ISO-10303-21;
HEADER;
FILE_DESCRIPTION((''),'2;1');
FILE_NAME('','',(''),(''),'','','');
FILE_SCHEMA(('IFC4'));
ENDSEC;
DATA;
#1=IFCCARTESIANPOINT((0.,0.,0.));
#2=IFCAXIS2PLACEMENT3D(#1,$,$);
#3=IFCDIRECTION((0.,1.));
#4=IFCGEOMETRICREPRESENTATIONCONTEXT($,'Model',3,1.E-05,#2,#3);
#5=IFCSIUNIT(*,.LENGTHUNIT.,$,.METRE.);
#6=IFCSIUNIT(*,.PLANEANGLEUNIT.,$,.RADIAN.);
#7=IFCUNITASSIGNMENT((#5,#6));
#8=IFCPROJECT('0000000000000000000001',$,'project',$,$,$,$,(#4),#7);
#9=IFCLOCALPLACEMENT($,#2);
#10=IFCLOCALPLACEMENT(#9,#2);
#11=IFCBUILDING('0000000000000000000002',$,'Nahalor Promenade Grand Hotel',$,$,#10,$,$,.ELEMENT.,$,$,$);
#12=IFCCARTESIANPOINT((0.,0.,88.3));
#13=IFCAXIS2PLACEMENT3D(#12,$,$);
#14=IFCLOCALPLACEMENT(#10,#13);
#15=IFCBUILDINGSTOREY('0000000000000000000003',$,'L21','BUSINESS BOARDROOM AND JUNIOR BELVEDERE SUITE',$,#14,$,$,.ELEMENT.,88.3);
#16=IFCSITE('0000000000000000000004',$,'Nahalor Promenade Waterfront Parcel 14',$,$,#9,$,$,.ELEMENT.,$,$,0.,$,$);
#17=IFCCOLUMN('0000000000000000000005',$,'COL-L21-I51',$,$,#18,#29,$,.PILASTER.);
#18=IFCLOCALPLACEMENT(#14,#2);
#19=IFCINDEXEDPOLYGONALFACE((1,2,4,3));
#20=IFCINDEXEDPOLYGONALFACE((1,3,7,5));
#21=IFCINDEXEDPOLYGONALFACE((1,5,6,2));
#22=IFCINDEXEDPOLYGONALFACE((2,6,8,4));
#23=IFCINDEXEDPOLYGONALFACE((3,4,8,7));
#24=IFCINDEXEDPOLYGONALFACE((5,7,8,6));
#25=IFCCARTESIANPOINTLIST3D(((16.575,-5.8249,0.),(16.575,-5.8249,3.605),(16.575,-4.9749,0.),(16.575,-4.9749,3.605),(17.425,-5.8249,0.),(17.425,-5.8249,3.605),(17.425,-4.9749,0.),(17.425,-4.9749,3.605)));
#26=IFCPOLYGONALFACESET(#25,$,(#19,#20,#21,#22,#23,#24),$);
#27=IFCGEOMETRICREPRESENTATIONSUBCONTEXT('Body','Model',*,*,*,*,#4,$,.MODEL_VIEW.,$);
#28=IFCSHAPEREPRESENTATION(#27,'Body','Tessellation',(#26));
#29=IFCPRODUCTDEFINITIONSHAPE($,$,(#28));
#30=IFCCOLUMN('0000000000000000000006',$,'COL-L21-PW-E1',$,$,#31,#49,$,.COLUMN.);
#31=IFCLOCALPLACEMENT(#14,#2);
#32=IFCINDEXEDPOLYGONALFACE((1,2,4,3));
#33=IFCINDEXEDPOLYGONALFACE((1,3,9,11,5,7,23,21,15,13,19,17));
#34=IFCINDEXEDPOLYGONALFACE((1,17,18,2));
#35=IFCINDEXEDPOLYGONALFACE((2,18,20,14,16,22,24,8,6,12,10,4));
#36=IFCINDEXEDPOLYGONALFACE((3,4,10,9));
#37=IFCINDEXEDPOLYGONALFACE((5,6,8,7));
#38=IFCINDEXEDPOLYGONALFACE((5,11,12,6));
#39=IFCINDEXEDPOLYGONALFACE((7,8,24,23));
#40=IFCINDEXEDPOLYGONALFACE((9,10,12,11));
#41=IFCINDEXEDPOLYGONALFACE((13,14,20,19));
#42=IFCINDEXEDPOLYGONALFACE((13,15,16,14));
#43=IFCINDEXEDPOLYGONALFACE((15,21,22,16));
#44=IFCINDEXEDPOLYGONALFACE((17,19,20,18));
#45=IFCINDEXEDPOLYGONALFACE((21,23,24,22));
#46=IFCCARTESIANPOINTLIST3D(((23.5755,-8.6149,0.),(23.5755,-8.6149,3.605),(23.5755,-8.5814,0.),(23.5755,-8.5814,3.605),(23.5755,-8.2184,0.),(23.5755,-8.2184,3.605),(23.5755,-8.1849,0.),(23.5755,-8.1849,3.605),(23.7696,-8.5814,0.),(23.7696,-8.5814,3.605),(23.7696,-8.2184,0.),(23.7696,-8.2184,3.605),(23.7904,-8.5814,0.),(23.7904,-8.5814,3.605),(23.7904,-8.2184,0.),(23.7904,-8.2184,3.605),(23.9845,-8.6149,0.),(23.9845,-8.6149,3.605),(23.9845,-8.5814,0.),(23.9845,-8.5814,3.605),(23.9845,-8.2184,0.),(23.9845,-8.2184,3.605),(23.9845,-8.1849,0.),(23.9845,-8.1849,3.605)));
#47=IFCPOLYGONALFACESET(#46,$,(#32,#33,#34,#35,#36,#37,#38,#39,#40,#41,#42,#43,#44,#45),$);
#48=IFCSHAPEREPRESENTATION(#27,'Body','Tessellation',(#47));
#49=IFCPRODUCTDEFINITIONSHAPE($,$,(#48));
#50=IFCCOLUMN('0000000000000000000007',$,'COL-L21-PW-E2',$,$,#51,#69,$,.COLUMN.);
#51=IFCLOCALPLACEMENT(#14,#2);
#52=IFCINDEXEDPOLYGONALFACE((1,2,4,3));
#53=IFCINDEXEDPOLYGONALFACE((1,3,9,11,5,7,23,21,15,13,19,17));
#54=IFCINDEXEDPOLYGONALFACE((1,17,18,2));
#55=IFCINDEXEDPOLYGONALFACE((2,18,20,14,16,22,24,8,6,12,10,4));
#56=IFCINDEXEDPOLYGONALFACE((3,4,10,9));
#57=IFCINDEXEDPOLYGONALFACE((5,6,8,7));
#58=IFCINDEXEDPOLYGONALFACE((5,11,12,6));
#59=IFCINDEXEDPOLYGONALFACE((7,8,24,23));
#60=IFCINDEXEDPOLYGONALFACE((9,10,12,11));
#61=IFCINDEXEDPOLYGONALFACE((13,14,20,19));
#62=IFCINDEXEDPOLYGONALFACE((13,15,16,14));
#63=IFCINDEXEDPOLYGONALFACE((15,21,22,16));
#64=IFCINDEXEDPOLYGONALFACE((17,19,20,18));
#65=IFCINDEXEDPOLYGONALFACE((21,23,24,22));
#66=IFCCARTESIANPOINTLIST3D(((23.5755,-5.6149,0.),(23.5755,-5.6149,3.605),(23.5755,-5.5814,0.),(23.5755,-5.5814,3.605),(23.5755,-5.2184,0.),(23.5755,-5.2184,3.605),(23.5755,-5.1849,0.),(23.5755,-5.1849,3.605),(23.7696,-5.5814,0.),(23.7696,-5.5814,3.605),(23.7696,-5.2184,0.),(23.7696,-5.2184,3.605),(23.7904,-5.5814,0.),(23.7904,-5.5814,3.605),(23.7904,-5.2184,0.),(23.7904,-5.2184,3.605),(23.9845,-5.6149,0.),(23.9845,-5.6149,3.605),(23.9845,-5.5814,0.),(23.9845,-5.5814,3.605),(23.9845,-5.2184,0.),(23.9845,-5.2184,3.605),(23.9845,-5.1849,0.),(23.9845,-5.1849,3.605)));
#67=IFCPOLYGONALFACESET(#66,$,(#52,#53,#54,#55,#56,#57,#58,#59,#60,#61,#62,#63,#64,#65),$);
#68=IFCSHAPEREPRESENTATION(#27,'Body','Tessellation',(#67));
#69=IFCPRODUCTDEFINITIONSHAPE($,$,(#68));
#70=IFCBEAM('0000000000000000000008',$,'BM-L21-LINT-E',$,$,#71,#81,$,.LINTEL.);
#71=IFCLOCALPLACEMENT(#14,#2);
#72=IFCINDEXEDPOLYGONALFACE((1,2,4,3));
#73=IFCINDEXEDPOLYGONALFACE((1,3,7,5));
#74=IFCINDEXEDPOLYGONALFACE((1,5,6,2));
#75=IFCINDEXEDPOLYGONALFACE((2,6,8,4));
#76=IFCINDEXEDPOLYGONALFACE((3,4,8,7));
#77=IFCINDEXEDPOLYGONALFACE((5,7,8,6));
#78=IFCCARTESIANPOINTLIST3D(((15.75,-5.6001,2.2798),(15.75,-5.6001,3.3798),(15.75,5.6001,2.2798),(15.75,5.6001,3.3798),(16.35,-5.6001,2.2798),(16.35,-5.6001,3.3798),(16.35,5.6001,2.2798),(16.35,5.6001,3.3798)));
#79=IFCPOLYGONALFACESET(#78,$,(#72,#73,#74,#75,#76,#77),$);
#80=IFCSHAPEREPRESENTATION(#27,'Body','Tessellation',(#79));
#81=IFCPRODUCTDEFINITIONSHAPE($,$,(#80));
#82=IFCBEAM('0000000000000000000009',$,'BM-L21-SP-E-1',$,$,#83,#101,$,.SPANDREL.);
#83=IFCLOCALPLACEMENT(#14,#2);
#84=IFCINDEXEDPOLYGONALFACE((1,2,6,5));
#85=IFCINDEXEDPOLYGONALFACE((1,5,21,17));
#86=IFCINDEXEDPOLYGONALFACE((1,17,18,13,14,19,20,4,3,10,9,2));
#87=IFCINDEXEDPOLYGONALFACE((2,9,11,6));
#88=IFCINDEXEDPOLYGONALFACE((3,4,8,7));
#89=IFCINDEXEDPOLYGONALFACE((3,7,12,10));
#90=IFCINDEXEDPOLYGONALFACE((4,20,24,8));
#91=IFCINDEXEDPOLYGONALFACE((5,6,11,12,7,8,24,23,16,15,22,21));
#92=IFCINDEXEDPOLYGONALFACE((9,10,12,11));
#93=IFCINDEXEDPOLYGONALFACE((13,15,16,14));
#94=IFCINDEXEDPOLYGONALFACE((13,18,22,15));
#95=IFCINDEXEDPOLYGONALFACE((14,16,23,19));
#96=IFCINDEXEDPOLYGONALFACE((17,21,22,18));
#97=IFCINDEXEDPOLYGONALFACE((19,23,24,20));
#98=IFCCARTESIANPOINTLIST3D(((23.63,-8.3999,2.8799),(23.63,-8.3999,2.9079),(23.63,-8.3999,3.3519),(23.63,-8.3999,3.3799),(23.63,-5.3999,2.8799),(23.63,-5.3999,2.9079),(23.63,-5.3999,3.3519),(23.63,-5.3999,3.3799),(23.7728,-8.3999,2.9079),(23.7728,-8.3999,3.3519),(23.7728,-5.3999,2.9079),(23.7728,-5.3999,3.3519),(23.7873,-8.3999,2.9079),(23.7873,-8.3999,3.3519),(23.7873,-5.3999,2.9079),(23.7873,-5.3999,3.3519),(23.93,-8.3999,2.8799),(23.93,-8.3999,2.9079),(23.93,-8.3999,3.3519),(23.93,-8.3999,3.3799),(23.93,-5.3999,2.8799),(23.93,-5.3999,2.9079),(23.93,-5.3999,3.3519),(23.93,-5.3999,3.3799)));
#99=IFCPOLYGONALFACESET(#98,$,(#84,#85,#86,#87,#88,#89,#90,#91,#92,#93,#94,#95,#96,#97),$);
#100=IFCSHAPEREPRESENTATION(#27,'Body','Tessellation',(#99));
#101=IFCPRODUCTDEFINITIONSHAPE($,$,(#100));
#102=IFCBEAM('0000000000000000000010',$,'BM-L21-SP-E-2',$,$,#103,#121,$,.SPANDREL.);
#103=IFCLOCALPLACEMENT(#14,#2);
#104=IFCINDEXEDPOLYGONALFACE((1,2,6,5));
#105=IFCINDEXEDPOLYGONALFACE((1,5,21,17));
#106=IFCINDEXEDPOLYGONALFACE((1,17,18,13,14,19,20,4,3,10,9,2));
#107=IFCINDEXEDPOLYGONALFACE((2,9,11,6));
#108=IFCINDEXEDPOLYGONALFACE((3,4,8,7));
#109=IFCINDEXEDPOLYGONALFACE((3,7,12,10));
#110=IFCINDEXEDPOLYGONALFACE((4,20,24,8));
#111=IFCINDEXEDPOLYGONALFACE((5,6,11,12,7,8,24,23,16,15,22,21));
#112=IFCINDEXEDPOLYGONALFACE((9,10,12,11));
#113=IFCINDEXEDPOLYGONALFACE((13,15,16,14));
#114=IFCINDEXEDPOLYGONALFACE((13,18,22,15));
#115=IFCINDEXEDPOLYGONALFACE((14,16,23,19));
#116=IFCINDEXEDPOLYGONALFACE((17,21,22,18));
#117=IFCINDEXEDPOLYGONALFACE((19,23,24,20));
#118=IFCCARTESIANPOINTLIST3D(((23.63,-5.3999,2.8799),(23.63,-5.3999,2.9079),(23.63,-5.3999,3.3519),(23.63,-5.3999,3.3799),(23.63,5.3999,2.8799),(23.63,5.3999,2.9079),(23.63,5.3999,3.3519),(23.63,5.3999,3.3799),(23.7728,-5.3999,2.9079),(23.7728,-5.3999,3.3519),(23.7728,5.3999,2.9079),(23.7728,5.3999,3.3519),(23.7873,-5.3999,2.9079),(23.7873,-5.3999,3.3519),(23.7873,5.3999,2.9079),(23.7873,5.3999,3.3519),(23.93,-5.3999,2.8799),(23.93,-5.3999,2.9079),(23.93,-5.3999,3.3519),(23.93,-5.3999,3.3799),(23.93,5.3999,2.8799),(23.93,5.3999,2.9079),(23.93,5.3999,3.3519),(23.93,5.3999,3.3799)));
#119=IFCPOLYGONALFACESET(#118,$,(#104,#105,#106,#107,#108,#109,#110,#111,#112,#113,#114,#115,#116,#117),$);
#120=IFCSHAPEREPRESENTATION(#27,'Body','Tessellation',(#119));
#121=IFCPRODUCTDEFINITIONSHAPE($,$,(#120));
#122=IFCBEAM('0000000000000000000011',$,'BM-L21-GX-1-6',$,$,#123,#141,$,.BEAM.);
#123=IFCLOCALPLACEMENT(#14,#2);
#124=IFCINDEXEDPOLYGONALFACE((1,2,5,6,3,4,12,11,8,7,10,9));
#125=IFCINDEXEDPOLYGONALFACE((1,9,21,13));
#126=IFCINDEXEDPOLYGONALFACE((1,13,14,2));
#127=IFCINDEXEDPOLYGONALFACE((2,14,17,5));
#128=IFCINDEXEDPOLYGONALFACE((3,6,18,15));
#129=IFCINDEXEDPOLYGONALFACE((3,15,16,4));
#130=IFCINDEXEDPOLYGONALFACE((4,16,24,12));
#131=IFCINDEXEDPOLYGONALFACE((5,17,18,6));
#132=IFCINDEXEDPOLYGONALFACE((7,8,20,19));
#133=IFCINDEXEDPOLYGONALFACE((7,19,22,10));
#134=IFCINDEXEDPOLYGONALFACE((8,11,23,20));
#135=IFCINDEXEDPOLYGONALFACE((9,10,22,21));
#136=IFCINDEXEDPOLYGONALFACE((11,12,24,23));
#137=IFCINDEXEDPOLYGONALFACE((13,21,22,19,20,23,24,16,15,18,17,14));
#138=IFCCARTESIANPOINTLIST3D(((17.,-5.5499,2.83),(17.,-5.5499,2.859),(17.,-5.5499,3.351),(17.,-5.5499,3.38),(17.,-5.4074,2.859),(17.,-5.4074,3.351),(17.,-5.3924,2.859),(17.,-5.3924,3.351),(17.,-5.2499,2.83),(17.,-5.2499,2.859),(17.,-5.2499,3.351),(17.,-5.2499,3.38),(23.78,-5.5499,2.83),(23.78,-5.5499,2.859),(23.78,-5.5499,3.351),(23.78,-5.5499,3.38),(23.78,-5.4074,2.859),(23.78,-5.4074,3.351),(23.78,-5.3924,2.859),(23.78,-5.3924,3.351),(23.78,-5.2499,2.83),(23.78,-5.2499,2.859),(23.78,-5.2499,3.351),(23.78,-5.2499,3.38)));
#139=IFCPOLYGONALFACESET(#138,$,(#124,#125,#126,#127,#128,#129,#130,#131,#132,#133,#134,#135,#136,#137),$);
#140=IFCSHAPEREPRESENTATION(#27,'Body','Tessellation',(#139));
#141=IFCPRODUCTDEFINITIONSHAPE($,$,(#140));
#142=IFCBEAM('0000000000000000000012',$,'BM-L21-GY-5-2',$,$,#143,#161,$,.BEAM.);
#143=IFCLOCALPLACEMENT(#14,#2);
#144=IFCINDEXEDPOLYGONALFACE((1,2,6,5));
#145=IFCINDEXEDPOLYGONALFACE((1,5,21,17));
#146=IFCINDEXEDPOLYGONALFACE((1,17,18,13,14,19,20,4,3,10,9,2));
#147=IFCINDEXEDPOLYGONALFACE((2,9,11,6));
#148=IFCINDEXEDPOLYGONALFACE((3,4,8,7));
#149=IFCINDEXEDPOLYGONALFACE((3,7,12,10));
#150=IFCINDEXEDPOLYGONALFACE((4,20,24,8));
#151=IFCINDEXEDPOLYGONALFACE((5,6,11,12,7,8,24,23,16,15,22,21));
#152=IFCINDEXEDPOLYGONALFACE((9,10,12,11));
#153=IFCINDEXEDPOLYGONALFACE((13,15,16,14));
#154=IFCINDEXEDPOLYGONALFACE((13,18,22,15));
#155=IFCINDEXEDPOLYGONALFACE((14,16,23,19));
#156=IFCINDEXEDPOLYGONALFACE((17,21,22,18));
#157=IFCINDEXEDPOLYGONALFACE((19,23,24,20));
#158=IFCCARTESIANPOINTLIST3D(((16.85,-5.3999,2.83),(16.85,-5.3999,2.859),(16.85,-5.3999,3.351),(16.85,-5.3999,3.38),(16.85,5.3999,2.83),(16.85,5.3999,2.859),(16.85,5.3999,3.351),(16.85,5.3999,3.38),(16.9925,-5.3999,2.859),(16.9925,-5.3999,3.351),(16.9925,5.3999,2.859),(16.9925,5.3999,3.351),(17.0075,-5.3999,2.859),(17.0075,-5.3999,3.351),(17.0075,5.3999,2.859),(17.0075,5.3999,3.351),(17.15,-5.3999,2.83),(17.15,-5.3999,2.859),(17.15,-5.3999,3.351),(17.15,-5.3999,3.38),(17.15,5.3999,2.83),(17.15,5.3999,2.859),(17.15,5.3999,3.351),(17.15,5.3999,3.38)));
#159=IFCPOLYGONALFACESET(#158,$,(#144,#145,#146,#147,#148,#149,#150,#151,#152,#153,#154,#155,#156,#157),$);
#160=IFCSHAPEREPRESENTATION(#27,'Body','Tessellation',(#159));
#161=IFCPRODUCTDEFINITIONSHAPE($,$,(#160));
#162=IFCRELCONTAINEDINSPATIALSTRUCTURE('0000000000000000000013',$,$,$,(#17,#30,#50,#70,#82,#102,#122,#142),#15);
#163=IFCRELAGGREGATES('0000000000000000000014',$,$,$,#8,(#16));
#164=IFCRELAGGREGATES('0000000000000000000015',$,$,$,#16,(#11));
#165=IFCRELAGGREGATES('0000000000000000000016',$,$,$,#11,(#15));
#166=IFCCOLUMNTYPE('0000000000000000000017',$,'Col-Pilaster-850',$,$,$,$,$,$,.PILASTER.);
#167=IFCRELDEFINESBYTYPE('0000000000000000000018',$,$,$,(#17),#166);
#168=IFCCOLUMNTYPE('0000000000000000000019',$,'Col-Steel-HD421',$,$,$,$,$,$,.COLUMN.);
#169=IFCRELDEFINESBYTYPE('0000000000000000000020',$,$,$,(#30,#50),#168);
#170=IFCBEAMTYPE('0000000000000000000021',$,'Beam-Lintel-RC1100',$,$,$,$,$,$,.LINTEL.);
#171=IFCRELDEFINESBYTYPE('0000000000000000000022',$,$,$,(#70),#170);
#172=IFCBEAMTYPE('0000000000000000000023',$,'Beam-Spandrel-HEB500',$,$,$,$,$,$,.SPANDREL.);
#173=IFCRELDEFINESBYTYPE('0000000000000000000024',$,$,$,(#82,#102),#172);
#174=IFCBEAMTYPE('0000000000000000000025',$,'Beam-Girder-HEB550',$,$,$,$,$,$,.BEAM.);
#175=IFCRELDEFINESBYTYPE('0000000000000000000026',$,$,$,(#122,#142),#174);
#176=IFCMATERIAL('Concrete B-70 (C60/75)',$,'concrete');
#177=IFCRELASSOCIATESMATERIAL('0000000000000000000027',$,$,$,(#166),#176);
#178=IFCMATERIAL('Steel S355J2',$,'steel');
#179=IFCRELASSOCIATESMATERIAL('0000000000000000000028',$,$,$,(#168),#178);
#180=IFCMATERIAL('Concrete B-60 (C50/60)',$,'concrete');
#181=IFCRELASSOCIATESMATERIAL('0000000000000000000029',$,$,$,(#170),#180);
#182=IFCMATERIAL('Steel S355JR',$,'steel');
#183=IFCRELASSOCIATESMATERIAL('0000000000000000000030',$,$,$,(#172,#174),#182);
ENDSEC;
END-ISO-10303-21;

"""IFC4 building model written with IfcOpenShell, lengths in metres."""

from ifc_helpers import new_model, si_unit, direction, frame, origin, origin_2d, place, context, subcontext, project, spatial, rectangle, i_section, extrude, source, transform, mapped, material, material_profile, profile_set, type_object, element, save


model = new_model("IFC4")

# Units and contexts
model_context = context("Model", 3, precision=1e-05, world=origin(), true_north=direction((0.0, 1.0)))
body_context = subcontext(model_context, "Body", "Model", "MODEL_VIEW")
ifc_project = project(units=[si_unit("LENGTHUNIT", "METRE"), si_unit("PLANEANGLEUNIT", "RADIAN")], contexts=[model_context])

# Site, building, storey
site_placement = place(None, origin())
site = spatial("IfcSite", under=ifc_project, at=site_placement, Name="Nahalor Promenade Waterfront Parcel 14", CompositionType="ELEMENT", RefElevation=0.0)
building_placement = place(site_placement, origin())
building = spatial("IfcBuilding", under=site, at=building_placement, Name="Nahalor Promenade Grand Hotel", CompositionType="ELEMENT")
storey_placement = place(building_placement, frame((0.0, 0.0, 88.3)))
storey = spatial("IfcBuildingStorey", under=building, at=storey_placement, Name="L21", Description="BUSINESS BOARDROOM AND JUNIOR BELVEDERE SUITE", CompositionType="ELEMENT", Elevation=88.3)

# Columns
ifc_material_1 = material(Name="Concrete B-70 (C60/75)", Category="concrete")
ifc_material_profile_1 = material_profile(ifc_material_1, rectangle(XDim=0.85, YDim=0.85, at=origin_2d()), Name="RC 850x850")
ifc_profile_set_1 = profile_set([ifc_material_profile_1], Name="Concrete B-70 (C60/75)")
column_type_1 = type_object("IfcColumnType", Name="Col-Pilaster-850", PredefinedType="PILASTER", material=ifc_profile_set_1)
shared_shape_1 = source(origin(), body_context, "Body", "SweptSolid", [
    extrude(rectangle(XDim=0.85, YDim=0.85, at=origin_2d()), origin(), (0.0, 0.0, 1.0), 3.605),
])
column_placement = place(storey_placement, frame((17.0, -5.3999, 0.0), z_axis=(0.0, 0.0, 1.0), x_axis=(1.0, 0.0, 0.0)))
element("IfcColumn", 1, at=column_placement, inside=storey, type_object=column_type_1, Name="COL-L21-I51", PredefinedType="PILASTER", context=body_context, shape_type="MappedRepresentation", body=[
    mapped(shared_shape_1, transform((0.0, 0.0, 0.0), scale=1.0)),
])
ifc_material_2 = material(Name="Steel S355J2", Category="steel")
ifc_material_profile_2 = material_profile(ifc_material_2, i_section(OverallWidth=0.409, OverallDepth=0.43, WebThickness=0.0208, FlangeThickness=0.0335, at=origin_2d()), Name="HD 400x421")
ifc_profile_set_2 = profile_set([ifc_material_profile_2], Name="Steel S355J2")
column_type_2 = type_object("IfcColumnType", Name="Col-Steel-HD421", PredefinedType="COLUMN", material=ifc_profile_set_2)
shared_shape_2 = source(origin(), body_context, "Body", "SweptSolid", [
    extrude(i_section(OverallWidth=0.409, OverallDepth=0.43, WebThickness=0.0208, FlangeThickness=0.0335, at=origin_2d()), origin(), (0.0, 0.0, 1.0), 3.605),
])
for number, where, z_axis, x_axis, name in (
    (2, (23.78, -8.3999, 0.0), (0.0, 0.0, 1.0), (1.0, 0.0, 0.0), "COL-L21-PW-E1"),
    (3, (23.78, -5.3999, 0.0), (0.0, 0.0, 1.0), (1.0, 0.0, 0.0), "COL-L21-PW-E2"),
):
    element("IfcColumn", number, at=place(storey_placement, frame(where, z_axis=z_axis, x_axis=x_axis)), inside=storey, type_object=column_type_2, Name=name, PredefinedType="COLUMN", context=body_context, shape_type="MappedRepresentation", body=[
        mapped(shared_shape_2, transform((0.0, 0.0, 0.0), scale=1.0)),
    ])

# Beams
ifc_material_3 = material(Name="Concrete B-60 (C50/60)", Category="concrete")
ifc_material_profile_3 = material_profile(ifc_material_3, rectangle(XDim=0.6, YDim=1.1, at=origin_2d()), Name="RC 600x1100")
ifc_profile_set_3 = profile_set([ifc_material_profile_3], Name="Concrete B-60 (C50/60)")
beam_type_1 = type_object("IfcBeamType", Name="Beam-Lintel-RC1100", PredefinedType="LINTEL", material=ifc_profile_set_3)
shared_shape_3 = source(origin(), body_context, "Body", "SweptSolid", [
    extrude(rectangle(XDim=0.6, YDim=1.1, at=origin_2d()), origin(), (0.0, 0.0, 1.0), 11.2002),
])
beam_1_placement = place(storey_placement, frame((16.05, -5.6001, 2.8298), z_axis=(0.0, 1.0, 0.0), x_axis=(-1.0, 0.0, 0.0)))
element("IfcBeam", 4, at=beam_1_placement, inside=storey, type_object=beam_type_1, Name="BM-L21-LINT-E", PredefinedType="LINTEL", context=body_context, shape_type="MappedRepresentation", body=[
    mapped(shared_shape_3, transform((0.0, 0.0, 0.0), scale=1.0)),
])
ifc_material_4 = material(Name="Steel S355JR", Category="steel")
ifc_material_profile_4 = material_profile(ifc_material_4, i_section(OverallWidth=0.3, OverallDepth=0.5, WebThickness=0.0145, FlangeThickness=0.028, at=origin_2d()), Name="HEB 500")
ifc_profile_set_4 = profile_set([ifc_material_profile_4], Name="Steel S355JR")
beam_type_2 = type_object("IfcBeamType", Name="Beam-Spandrel-HEB500", PredefinedType="SPANDREL", material=ifc_profile_set_4)
shared_shape_4 = source(origin(), body_context, "Body", "SweptSolid", [
    extrude(i_section(OverallWidth=0.3, OverallDepth=0.5, WebThickness=0.0145, FlangeThickness=0.028, at=origin_2d()), origin(), (0.0, 0.0, 1.0), 3.0),
])
beam_2_placement = place(storey_placement, frame((23.78, -8.3999, 3.1299), z_axis=(0.0, 1.0, 0.0), x_axis=(-1.0, 0.0, 0.0)))
element("IfcBeam", 5, at=beam_2_placement, inside=storey, type_object=beam_type_2, Name="BM-L21-SP-E-1", PredefinedType="SPANDREL", context=body_context, shape_type="MappedRepresentation", body=[
    mapped(shared_shape_4, transform((0.0, 0.0, 0.0), scale=1.0)),
])
shared_shape_5 = source(origin(), body_context, "Body", "SweptSolid", [
    extrude(i_section(OverallWidth=0.3, OverallDepth=0.5, WebThickness=0.0145, FlangeThickness=0.028, at=origin_2d()), origin(), (0.0, 0.0, 1.0), 10.7998),
])
beam_3_placement = place(storey_placement, frame((23.78, -5.3999, 3.1299), z_axis=(0.0, 1.0, 0.0), x_axis=(-1.0, 0.0, 0.0)))
element("IfcBeam", 6, at=beam_3_placement, inside=storey, type_object=beam_type_2, Name="BM-L21-SP-E-2", PredefinedType="SPANDREL", context=body_context, shape_type="MappedRepresentation", body=[
    mapped(shared_shape_5, transform((0.0, 0.0, 0.0), scale=1.0)),
])
ifc_material_profile_5 = material_profile(ifc_material_4, i_section(OverallWidth=0.3, OverallDepth=0.55, WebThickness=0.015, FlangeThickness=0.029, at=origin_2d()), Name="HEB 550")
ifc_profile_set_5 = profile_set([ifc_material_profile_5], Name="Steel S355JR")
beam_type_3 = type_object("IfcBeamType", Name="Beam-Girder-HEB550", PredefinedType="BEAM", material=ifc_profile_set_5)
shared_shape_6 = source(origin(), body_context, "Body", "SweptSolid", [
    extrude(i_section(OverallWidth=0.3, OverallDepth=0.55, WebThickness=0.015, FlangeThickness=0.029, at=origin_2d()), origin(), (0.0, 0.0, 1.0), 6.78),
])
beam_4_placement = place(storey_placement, frame((17.0, -5.3999, 3.105), z_axis=(1.0, 0.0, 0.0), x_axis=(0.0, 1.0, 0.0)))
element("IfcBeam", 7, at=beam_4_placement, inside=storey, type_object=beam_type_3, Name="BM-L21-GX-1-6", PredefinedType="BEAM", context=body_context, shape_type="MappedRepresentation", body=[
    mapped(shared_shape_6, transform((0.0, 0.0, 0.0), scale=1.0)),
])
shared_shape_7 = source(origin(), body_context, "Body", "SweptSolid", [
    extrude(i_section(OverallWidth=0.3, OverallDepth=0.55, WebThickness=0.015, FlangeThickness=0.029, at=origin_2d()), origin(), (0.0, 0.0, 1.0), 10.7998),
])
beam_5_placement = place(storey_placement, frame((17.0, -5.3999, 3.105), z_axis=(0.0, 1.0, 0.0), x_axis=(-1.0, 0.0, 0.0)))
element("IfcBeam", 8, at=beam_5_placement, inside=storey, type_object=beam_type_3, Name="BM-L21-GY-5-2", PredefinedType="BEAM", context=body_context, shape_type="MappedRepresentation", body=[
    mapped(shared_shape_7, transform((0.0, 0.0, 0.0), scale=1.0)),
])

save(model, "model.ifc")
